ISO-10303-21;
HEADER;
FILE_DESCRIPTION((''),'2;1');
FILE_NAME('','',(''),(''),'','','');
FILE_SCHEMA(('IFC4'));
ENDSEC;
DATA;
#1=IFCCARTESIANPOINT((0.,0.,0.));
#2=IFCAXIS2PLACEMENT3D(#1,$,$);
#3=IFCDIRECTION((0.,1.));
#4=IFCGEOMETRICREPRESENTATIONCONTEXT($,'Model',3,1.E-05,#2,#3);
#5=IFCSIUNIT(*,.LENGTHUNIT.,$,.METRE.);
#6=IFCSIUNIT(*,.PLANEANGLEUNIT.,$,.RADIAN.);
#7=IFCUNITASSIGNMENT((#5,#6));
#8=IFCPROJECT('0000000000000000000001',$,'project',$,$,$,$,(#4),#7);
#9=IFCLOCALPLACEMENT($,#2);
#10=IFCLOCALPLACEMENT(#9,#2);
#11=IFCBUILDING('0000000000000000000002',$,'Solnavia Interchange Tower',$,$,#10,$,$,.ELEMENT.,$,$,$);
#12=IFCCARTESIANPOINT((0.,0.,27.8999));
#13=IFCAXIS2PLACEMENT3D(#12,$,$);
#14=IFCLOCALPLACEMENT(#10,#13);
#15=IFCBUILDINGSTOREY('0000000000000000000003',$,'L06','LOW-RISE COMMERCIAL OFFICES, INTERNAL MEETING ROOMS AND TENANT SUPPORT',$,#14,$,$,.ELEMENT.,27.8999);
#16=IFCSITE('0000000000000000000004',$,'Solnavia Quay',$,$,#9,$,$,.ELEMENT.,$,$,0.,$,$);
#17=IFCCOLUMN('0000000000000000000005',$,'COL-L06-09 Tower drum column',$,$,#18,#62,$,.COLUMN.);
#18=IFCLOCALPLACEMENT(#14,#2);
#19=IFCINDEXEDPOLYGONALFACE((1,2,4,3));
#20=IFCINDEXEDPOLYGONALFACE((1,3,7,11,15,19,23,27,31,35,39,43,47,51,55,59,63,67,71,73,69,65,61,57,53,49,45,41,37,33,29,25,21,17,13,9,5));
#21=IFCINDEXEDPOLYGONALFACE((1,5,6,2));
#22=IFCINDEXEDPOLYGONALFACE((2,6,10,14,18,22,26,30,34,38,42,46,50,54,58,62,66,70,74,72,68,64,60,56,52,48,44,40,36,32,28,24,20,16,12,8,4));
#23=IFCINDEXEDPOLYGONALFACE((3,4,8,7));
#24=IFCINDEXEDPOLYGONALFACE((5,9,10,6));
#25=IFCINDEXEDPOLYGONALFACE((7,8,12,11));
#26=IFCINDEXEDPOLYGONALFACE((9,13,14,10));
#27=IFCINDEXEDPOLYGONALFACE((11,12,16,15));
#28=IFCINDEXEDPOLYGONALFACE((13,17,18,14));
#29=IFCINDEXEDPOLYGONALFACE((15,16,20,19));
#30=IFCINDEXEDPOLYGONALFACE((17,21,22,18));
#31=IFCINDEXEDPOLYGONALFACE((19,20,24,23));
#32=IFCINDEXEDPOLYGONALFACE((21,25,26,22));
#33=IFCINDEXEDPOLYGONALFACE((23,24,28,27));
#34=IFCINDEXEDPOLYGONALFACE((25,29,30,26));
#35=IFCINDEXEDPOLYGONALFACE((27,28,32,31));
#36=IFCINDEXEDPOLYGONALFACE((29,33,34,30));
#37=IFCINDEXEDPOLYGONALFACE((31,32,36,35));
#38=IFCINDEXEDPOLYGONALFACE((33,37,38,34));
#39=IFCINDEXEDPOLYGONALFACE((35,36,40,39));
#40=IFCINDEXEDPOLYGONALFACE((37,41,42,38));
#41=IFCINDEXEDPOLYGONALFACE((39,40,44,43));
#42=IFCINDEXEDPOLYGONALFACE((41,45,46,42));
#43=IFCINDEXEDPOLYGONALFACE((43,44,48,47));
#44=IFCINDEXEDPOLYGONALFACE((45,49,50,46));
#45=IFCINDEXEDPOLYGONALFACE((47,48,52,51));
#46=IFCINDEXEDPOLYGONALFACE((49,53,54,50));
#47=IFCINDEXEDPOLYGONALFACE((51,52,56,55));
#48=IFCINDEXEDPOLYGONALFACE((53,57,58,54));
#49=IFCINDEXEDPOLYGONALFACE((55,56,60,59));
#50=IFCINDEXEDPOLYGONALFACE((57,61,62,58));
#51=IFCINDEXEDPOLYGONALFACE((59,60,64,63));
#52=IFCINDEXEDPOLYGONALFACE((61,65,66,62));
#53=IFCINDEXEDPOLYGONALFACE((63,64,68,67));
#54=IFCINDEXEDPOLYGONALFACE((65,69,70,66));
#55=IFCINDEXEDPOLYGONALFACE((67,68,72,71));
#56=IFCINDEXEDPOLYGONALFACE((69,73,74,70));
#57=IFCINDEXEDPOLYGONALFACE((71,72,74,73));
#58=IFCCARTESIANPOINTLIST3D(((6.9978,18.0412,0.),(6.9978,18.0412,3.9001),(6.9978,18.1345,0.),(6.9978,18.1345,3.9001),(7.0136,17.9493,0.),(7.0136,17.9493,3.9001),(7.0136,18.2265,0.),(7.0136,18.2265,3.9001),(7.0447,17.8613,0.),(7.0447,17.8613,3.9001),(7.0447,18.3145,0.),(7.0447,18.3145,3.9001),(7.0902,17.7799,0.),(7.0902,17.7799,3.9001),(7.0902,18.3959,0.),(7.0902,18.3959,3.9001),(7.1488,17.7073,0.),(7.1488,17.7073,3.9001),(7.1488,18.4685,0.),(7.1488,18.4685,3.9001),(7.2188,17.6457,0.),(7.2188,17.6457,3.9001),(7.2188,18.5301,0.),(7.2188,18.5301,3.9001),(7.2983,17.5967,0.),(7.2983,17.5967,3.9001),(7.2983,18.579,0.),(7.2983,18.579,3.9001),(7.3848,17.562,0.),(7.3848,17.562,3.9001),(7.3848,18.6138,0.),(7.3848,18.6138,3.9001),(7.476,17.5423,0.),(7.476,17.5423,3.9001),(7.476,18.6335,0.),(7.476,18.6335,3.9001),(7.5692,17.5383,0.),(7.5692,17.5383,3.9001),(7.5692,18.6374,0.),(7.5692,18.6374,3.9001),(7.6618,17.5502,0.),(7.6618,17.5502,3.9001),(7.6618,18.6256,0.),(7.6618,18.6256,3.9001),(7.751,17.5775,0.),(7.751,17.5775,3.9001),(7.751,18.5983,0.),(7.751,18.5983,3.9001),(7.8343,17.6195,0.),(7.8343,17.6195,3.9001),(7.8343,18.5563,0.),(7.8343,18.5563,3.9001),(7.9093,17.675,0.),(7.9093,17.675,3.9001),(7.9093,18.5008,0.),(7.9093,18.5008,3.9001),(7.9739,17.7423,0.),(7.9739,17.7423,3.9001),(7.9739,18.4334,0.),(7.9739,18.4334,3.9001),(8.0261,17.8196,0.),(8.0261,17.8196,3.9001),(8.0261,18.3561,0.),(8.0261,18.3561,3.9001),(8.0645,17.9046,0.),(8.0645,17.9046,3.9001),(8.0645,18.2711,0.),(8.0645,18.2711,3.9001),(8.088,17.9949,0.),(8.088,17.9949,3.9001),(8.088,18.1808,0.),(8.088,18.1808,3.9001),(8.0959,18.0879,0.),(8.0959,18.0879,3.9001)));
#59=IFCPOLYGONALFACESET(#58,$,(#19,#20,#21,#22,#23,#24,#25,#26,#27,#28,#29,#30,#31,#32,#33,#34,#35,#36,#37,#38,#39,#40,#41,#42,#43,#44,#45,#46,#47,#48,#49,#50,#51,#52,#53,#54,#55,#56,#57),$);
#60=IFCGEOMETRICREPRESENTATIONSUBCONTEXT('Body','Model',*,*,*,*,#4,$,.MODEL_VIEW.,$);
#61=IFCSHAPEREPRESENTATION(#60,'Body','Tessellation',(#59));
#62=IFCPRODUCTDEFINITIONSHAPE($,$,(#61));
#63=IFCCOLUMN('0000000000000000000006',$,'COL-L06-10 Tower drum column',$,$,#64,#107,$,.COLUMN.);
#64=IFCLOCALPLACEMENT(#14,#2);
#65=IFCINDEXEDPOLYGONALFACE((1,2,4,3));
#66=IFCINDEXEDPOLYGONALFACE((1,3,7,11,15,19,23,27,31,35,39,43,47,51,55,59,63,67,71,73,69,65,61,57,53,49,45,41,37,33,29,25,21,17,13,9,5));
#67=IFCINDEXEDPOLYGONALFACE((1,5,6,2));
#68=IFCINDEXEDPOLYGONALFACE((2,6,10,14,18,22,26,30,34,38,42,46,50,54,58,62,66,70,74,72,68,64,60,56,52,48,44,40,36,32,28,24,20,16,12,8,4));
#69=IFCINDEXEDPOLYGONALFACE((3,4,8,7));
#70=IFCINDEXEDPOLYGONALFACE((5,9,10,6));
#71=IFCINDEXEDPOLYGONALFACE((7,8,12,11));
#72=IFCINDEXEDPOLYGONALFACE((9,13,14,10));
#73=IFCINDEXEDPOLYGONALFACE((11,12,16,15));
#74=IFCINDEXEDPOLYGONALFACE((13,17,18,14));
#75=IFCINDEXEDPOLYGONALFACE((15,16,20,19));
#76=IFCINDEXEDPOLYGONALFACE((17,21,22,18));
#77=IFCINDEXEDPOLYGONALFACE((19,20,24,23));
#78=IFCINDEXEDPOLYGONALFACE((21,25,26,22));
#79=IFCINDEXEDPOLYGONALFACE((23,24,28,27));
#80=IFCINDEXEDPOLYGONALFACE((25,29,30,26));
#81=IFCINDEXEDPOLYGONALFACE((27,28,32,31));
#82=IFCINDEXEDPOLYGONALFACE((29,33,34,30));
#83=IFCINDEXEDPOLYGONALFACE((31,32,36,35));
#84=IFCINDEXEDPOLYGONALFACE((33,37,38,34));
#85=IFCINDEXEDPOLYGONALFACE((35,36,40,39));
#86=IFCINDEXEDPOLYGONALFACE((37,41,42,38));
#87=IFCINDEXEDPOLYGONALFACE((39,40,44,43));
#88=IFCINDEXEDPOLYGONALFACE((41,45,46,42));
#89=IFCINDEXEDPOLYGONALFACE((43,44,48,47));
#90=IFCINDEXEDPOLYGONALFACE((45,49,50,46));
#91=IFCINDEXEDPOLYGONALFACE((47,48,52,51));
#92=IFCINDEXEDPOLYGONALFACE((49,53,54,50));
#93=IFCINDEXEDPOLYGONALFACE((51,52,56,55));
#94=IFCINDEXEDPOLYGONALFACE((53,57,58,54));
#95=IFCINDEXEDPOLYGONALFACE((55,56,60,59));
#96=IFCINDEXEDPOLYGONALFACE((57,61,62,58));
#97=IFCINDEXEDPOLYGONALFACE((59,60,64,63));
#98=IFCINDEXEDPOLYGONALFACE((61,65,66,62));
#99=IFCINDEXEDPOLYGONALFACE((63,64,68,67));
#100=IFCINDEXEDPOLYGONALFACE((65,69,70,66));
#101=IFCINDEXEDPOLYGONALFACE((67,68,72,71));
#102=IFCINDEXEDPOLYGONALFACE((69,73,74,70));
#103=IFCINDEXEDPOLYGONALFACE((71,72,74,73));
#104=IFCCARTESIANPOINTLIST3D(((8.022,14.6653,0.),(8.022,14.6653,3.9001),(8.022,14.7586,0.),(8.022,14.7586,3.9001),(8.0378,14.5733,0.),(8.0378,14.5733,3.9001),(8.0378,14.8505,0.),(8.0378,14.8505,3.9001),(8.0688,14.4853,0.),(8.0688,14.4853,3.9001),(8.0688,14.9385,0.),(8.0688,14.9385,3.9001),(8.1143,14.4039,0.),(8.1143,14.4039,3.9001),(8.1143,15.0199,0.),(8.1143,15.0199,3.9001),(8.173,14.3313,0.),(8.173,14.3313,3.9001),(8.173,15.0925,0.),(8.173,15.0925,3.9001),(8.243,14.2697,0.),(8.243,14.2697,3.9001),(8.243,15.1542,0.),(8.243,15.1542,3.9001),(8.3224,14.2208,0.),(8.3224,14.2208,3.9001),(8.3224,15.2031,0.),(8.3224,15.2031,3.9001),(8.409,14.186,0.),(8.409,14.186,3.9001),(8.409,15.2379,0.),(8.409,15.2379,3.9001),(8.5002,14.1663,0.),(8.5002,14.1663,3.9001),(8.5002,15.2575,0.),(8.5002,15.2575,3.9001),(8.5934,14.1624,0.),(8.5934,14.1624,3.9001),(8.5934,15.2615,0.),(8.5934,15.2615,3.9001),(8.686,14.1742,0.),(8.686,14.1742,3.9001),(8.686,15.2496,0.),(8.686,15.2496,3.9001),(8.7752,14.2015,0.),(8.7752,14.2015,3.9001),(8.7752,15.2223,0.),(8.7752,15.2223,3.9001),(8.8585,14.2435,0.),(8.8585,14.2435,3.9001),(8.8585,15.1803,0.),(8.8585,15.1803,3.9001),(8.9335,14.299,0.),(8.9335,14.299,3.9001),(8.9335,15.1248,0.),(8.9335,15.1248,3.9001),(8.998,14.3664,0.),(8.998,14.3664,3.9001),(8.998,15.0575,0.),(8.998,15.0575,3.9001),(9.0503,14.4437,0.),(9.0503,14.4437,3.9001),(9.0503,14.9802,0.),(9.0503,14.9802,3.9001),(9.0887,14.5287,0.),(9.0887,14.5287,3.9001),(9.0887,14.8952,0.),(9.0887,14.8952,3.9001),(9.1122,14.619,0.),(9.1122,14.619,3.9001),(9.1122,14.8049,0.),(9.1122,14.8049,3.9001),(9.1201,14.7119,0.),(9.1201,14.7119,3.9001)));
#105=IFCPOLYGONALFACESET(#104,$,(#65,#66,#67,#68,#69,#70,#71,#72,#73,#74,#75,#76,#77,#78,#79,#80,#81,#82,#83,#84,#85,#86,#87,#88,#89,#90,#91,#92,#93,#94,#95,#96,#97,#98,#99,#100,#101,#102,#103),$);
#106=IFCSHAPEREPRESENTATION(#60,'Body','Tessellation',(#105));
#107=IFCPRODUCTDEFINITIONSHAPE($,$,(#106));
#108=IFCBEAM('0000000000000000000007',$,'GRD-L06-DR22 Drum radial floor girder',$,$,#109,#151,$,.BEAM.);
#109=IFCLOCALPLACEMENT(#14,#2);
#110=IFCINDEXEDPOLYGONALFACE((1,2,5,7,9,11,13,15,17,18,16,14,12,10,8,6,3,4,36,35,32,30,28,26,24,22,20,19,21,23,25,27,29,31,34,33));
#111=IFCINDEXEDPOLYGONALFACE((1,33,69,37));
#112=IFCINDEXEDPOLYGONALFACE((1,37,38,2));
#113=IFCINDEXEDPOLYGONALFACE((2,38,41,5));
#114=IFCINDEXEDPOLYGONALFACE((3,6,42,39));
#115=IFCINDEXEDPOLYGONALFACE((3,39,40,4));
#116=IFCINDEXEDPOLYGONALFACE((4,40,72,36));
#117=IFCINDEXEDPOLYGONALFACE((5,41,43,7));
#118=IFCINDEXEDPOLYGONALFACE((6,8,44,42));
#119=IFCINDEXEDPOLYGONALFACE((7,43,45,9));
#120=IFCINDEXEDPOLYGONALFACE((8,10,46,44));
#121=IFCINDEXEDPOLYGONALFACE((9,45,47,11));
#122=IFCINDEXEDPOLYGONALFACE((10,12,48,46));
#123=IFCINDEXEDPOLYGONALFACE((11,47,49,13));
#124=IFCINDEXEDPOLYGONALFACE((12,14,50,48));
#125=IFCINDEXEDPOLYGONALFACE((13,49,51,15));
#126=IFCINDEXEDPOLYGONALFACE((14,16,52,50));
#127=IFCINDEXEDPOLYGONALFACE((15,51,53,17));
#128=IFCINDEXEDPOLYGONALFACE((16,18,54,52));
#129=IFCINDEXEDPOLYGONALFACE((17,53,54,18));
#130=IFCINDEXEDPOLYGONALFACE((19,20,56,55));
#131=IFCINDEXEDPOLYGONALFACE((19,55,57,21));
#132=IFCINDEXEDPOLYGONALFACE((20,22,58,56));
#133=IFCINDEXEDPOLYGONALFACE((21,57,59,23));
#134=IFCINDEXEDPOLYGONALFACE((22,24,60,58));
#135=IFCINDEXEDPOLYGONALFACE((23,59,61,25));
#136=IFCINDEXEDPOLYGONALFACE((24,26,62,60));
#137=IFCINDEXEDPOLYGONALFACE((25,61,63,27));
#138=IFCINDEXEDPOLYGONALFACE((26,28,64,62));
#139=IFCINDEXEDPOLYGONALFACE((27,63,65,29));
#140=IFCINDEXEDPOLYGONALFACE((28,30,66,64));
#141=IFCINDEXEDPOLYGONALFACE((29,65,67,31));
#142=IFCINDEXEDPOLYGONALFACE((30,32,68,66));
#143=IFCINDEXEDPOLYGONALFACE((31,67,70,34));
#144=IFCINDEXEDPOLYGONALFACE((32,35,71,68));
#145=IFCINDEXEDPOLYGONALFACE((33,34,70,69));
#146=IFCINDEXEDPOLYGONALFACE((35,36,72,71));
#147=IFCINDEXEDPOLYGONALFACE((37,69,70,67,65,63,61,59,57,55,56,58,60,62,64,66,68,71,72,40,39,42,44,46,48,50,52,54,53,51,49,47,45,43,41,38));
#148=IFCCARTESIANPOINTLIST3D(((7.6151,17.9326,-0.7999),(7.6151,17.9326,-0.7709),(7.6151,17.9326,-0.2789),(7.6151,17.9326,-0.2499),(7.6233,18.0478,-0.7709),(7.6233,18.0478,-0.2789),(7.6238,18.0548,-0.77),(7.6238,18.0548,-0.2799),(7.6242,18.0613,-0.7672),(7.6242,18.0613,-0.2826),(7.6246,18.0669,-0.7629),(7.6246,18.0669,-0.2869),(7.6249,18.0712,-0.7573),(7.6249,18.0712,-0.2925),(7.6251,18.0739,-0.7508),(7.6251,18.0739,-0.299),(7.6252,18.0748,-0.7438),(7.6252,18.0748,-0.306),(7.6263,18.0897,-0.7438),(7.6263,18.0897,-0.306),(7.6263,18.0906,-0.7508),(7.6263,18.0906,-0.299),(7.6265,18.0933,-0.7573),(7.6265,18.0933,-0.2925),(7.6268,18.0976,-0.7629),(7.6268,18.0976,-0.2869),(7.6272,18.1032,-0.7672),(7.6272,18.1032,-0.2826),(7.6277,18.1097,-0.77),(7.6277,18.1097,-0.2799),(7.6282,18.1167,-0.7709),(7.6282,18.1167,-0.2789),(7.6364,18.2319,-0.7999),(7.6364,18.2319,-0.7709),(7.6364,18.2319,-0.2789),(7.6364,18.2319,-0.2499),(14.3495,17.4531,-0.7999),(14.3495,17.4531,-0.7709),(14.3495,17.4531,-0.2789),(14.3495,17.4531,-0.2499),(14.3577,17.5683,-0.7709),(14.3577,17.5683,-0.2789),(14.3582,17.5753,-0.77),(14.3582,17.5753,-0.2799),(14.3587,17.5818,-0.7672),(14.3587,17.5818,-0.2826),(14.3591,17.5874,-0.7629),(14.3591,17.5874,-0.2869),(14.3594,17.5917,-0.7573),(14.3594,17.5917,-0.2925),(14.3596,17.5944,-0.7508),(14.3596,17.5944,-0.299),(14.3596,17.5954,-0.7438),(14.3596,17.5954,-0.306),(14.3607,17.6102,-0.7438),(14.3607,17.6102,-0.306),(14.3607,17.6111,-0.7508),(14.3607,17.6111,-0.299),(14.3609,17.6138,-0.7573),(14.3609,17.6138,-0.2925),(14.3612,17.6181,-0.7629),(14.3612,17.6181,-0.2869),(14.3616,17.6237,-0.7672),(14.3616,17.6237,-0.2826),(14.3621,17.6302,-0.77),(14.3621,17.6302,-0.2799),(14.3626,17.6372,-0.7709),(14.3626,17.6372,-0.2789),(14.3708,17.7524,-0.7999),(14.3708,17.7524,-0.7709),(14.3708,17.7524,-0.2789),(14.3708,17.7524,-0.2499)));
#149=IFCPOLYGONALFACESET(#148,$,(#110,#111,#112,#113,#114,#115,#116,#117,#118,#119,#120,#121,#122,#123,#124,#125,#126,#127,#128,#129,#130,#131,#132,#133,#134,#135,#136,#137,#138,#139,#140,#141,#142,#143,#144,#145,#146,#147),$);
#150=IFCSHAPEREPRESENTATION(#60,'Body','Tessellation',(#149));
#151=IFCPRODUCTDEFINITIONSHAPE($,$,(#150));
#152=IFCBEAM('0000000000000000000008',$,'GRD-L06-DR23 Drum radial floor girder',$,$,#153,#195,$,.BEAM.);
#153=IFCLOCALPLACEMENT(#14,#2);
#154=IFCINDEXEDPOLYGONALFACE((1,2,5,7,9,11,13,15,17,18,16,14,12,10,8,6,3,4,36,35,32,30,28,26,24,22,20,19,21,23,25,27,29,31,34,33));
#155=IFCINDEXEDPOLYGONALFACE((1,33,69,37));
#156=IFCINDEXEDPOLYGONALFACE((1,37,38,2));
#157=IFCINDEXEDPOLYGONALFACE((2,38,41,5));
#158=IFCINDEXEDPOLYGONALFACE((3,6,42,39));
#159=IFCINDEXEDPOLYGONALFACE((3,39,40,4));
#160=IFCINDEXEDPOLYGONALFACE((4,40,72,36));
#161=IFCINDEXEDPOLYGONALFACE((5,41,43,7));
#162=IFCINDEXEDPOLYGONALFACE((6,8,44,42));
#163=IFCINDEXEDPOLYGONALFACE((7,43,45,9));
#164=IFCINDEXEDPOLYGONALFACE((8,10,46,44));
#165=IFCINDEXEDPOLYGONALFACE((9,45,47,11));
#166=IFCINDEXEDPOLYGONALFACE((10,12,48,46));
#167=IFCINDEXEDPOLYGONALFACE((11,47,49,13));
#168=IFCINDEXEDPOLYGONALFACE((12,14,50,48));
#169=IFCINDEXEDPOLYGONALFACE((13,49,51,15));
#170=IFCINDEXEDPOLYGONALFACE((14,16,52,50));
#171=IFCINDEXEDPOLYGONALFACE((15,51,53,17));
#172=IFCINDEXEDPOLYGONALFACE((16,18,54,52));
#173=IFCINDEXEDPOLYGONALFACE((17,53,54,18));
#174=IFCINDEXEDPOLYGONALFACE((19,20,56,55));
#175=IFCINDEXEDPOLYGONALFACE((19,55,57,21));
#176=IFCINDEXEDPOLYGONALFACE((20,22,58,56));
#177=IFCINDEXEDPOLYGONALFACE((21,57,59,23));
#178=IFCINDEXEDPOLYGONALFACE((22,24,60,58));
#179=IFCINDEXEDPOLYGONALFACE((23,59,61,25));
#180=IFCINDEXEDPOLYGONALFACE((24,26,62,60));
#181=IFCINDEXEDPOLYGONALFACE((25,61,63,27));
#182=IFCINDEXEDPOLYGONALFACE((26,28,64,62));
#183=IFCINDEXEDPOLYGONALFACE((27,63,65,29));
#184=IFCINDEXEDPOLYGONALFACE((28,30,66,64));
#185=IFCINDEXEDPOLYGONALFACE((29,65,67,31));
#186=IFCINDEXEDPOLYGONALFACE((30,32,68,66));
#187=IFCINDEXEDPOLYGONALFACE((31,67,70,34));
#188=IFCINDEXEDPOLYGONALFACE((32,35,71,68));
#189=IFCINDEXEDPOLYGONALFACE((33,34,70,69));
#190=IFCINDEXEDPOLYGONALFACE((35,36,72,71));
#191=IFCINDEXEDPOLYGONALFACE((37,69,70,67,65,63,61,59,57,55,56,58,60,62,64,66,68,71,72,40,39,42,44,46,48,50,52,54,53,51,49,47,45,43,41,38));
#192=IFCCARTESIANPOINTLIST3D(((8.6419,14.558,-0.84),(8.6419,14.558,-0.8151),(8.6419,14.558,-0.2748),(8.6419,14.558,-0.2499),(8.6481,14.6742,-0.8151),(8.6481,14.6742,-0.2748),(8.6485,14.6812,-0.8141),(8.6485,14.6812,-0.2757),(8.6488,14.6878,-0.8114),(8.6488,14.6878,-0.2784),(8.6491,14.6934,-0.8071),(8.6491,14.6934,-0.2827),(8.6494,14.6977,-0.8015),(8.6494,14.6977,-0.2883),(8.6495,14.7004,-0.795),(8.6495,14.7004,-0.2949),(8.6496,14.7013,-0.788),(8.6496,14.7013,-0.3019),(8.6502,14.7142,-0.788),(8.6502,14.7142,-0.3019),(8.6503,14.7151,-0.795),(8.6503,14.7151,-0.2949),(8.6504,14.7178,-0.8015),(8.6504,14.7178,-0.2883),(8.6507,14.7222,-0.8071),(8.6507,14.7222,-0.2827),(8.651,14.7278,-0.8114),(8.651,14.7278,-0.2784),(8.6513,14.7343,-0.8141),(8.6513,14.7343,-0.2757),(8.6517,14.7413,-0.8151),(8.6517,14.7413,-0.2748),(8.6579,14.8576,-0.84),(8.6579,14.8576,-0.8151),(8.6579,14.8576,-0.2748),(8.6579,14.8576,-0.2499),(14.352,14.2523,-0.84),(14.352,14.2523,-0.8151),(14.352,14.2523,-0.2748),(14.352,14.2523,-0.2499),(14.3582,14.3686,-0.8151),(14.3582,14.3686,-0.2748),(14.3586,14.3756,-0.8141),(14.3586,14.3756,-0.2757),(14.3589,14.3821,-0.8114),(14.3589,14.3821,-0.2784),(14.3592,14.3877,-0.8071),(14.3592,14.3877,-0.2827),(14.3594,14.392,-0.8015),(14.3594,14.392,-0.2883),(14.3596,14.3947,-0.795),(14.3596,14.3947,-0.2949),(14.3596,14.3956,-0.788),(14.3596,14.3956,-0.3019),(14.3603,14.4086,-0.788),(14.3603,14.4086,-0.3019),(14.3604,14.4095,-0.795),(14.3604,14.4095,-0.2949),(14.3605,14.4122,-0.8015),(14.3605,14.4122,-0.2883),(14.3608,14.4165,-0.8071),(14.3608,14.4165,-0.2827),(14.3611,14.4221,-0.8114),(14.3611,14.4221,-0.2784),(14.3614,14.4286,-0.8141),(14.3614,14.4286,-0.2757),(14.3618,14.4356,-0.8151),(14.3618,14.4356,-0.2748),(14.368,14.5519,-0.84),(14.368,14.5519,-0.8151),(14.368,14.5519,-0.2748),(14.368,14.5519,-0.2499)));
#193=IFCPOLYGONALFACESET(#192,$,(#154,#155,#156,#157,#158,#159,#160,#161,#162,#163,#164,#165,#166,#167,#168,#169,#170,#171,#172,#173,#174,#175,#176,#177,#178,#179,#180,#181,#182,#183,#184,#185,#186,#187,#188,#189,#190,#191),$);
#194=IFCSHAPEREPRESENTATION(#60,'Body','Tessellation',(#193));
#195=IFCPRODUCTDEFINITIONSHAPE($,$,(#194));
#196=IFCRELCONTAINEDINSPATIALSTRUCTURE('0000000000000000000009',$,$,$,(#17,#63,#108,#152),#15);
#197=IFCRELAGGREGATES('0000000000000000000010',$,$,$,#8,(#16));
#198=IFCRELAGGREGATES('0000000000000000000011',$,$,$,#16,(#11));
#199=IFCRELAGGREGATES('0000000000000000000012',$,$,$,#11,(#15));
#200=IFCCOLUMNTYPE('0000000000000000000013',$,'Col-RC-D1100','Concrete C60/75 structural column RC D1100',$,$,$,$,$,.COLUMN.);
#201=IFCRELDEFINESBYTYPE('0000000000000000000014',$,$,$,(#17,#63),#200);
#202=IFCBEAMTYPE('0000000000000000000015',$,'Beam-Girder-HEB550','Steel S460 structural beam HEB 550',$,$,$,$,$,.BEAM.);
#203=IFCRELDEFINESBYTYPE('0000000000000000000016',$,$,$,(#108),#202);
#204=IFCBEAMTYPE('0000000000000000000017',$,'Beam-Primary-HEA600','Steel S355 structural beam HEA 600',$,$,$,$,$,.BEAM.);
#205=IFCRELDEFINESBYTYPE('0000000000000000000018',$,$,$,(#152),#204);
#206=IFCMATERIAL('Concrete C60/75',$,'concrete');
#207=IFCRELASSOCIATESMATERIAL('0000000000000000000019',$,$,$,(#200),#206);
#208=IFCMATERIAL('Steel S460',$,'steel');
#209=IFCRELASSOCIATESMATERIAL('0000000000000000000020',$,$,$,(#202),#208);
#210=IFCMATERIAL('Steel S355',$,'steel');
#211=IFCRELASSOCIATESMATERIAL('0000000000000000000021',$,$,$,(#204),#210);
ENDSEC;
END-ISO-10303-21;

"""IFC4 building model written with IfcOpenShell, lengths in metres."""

from ifc_helpers import new_model, si_unit, direction, frame, origin, origin_2d, place, context, subcontext, project, spatial, circle, i_section, extrude, material, material_profile, profile_set, type_object, element, save


model = new_model("IFC4")

# Units and contexts
model_context = context("Model", 3, precision=1e-05, world=origin(), true_north=direction((0.0, 1.0)))
body_context = subcontext(model_context, "Body", "Model", "MODEL_VIEW")
ifc_project = project(units=[si_unit("LENGTHUNIT", "METRE"), si_unit("PLANEANGLEUNIT", "RADIAN")], contexts=[model_context])

# Site, building, storey
site_placement = place(None, origin())
site = spatial("IfcSite", under=ifc_project, at=site_placement, Name="Solnavia Quay", CompositionType="ELEMENT", RefElevation=0.0)
building_placement = place(site_placement, origin())
building = spatial("IfcBuilding", under=site, at=building_placement, Name="Solnavia Interchange Tower", CompositionType="ELEMENT")
storey_placement = place(building_placement, frame((0.0, 0.0, 27.8999)))
storey = spatial("IfcBuildingStorey", under=building, at=storey_placement, Name="L06", Description="LOW-RISE COMMERCIAL OFFICES, INTERNAL MEETING ROOMS AND TENANT SUPPORT", CompositionType="ELEMENT", Elevation=27.8999)

# Columns
ifc_material_1 = material(Name="Concrete C60/75", Category="concrete")
ifc_material_profile_1 = material_profile(ifc_material_1, circle(Radius=0.55, at=origin_2d()), Name="RC D1100")
ifc_profile_set_1 = profile_set([ifc_material_profile_1], Name="Concrete C60/75")
column_type = type_object("IfcColumnType", Name="Col-RC-D1100", Description="Concrete C60/75 structural column RC D1100", PredefinedType="COLUMN", material=ifc_profile_set_1)
for number, where, z_axis, x_axis, name in (
    (1, (7.5459, 18.0879, 0.0), (0.0, 0.0, 1.0), (1.0, 0.0, 0.0), "COL-L06-09 Tower drum column"),
    (2, (8.5701, 14.7119, 0.0), (0.0, 0.0, 1.0), (1.0, 0.0, 0.0), "COL-L06-10 Tower drum column"),
):
    element("IfcColumn", number, at=place(storey_placement, frame(where, z_axis=z_axis, x_axis=x_axis)), inside=storey, type_object=column_type, Name=name, PredefinedType="COLUMN", context=body_context, shape_type="SweptSolid", body=[
        extrude(circle(Radius=0.55, at=origin_2d()), origin(), (0.0, 0.0, 1.0), 3.9001),
    ])

# Beams
ifc_material_2 = material(Name="Steel S460", Category="steel")
ifc_material_profile_2 = material_profile(ifc_material_2, i_section(OverallWidth=0.3, OverallDepth=0.55, WebThickness=0.0149, FlangeThickness=0.0291, FilletRadius=0.0271, at=origin_2d()), Name="HEB 550")
ifc_profile_set_2 = profile_set([ifc_material_profile_2], Name="Steel S460")
beam_type_1 = type_object("IfcBeamType", Name="Beam-Girder-HEB550", Description="Steel S460 structural beam HEB 550", PredefinedType="BEAM", material=ifc_profile_set_2)
beam_1_placement = place(storey_placement, frame((7.6257, 18.0823, -0.5249), z_axis=(0.997475, -0.071021, 0.0), x_axis=(0.071021, 0.997475, 0.0)))
element("IfcBeam", 3, at=beam_1_placement, inside=storey, type_object=beam_type_1, Name="GRD-L06-DR22 Drum radial floor girder", PredefinedType="BEAM", context=body_context, shape_type="SweptSolid", body=[
    extrude(i_section(OverallWidth=0.3, OverallDepth=0.55, WebThickness=0.0149, FlangeThickness=0.0291, FilletRadius=0.0271, at=origin_2d()), origin(), (0.0, 0.0, 1.0), 6.7515),
])
ifc_material_3 = material(Name="Steel S355", Category="steel")
ifc_material_profile_3 = material_profile(ifc_material_3, i_section(OverallWidth=0.3, OverallDepth=0.5901, WebThickness=0.0129, FlangeThickness=0.0249, FilletRadius=0.0271, at=origin_2d()), Name="HEA 600")
ifc_profile_set_3 = profile_set([ifc_material_profile_3], Name="Steel S355")
beam_type_2 = type_object("IfcBeamType", Name="Beam-Primary-HEA600", Description="Steel S355 structural beam HEA 600", PredefinedType="BEAM", material=ifc_profile_set_3)
beam_2_placement = place(storey_placement, frame((8.6499, 14.7078, -0.5449), z_axis=(0.99857, -0.053453, 0.0), x_axis=(0.053453, 0.99857, 0.0)))
element("IfcBeam", 4, at=beam_2_placement, inside=storey, type_object=beam_type_2, Name="GRD-L06-DR23 Drum radial floor girder", PredefinedType="BEAM", context=body_context, shape_type="SweptSolid", body=[
    extrude(i_section(OverallWidth=0.3, OverallDepth=0.5901, WebThickness=0.0129, FlangeThickness=0.0249, FilletRadius=0.0271, at=origin_2d()), origin(), (0.0, 0.0, 1.0), 5.7183),
])

save(model, "model.ifc")
